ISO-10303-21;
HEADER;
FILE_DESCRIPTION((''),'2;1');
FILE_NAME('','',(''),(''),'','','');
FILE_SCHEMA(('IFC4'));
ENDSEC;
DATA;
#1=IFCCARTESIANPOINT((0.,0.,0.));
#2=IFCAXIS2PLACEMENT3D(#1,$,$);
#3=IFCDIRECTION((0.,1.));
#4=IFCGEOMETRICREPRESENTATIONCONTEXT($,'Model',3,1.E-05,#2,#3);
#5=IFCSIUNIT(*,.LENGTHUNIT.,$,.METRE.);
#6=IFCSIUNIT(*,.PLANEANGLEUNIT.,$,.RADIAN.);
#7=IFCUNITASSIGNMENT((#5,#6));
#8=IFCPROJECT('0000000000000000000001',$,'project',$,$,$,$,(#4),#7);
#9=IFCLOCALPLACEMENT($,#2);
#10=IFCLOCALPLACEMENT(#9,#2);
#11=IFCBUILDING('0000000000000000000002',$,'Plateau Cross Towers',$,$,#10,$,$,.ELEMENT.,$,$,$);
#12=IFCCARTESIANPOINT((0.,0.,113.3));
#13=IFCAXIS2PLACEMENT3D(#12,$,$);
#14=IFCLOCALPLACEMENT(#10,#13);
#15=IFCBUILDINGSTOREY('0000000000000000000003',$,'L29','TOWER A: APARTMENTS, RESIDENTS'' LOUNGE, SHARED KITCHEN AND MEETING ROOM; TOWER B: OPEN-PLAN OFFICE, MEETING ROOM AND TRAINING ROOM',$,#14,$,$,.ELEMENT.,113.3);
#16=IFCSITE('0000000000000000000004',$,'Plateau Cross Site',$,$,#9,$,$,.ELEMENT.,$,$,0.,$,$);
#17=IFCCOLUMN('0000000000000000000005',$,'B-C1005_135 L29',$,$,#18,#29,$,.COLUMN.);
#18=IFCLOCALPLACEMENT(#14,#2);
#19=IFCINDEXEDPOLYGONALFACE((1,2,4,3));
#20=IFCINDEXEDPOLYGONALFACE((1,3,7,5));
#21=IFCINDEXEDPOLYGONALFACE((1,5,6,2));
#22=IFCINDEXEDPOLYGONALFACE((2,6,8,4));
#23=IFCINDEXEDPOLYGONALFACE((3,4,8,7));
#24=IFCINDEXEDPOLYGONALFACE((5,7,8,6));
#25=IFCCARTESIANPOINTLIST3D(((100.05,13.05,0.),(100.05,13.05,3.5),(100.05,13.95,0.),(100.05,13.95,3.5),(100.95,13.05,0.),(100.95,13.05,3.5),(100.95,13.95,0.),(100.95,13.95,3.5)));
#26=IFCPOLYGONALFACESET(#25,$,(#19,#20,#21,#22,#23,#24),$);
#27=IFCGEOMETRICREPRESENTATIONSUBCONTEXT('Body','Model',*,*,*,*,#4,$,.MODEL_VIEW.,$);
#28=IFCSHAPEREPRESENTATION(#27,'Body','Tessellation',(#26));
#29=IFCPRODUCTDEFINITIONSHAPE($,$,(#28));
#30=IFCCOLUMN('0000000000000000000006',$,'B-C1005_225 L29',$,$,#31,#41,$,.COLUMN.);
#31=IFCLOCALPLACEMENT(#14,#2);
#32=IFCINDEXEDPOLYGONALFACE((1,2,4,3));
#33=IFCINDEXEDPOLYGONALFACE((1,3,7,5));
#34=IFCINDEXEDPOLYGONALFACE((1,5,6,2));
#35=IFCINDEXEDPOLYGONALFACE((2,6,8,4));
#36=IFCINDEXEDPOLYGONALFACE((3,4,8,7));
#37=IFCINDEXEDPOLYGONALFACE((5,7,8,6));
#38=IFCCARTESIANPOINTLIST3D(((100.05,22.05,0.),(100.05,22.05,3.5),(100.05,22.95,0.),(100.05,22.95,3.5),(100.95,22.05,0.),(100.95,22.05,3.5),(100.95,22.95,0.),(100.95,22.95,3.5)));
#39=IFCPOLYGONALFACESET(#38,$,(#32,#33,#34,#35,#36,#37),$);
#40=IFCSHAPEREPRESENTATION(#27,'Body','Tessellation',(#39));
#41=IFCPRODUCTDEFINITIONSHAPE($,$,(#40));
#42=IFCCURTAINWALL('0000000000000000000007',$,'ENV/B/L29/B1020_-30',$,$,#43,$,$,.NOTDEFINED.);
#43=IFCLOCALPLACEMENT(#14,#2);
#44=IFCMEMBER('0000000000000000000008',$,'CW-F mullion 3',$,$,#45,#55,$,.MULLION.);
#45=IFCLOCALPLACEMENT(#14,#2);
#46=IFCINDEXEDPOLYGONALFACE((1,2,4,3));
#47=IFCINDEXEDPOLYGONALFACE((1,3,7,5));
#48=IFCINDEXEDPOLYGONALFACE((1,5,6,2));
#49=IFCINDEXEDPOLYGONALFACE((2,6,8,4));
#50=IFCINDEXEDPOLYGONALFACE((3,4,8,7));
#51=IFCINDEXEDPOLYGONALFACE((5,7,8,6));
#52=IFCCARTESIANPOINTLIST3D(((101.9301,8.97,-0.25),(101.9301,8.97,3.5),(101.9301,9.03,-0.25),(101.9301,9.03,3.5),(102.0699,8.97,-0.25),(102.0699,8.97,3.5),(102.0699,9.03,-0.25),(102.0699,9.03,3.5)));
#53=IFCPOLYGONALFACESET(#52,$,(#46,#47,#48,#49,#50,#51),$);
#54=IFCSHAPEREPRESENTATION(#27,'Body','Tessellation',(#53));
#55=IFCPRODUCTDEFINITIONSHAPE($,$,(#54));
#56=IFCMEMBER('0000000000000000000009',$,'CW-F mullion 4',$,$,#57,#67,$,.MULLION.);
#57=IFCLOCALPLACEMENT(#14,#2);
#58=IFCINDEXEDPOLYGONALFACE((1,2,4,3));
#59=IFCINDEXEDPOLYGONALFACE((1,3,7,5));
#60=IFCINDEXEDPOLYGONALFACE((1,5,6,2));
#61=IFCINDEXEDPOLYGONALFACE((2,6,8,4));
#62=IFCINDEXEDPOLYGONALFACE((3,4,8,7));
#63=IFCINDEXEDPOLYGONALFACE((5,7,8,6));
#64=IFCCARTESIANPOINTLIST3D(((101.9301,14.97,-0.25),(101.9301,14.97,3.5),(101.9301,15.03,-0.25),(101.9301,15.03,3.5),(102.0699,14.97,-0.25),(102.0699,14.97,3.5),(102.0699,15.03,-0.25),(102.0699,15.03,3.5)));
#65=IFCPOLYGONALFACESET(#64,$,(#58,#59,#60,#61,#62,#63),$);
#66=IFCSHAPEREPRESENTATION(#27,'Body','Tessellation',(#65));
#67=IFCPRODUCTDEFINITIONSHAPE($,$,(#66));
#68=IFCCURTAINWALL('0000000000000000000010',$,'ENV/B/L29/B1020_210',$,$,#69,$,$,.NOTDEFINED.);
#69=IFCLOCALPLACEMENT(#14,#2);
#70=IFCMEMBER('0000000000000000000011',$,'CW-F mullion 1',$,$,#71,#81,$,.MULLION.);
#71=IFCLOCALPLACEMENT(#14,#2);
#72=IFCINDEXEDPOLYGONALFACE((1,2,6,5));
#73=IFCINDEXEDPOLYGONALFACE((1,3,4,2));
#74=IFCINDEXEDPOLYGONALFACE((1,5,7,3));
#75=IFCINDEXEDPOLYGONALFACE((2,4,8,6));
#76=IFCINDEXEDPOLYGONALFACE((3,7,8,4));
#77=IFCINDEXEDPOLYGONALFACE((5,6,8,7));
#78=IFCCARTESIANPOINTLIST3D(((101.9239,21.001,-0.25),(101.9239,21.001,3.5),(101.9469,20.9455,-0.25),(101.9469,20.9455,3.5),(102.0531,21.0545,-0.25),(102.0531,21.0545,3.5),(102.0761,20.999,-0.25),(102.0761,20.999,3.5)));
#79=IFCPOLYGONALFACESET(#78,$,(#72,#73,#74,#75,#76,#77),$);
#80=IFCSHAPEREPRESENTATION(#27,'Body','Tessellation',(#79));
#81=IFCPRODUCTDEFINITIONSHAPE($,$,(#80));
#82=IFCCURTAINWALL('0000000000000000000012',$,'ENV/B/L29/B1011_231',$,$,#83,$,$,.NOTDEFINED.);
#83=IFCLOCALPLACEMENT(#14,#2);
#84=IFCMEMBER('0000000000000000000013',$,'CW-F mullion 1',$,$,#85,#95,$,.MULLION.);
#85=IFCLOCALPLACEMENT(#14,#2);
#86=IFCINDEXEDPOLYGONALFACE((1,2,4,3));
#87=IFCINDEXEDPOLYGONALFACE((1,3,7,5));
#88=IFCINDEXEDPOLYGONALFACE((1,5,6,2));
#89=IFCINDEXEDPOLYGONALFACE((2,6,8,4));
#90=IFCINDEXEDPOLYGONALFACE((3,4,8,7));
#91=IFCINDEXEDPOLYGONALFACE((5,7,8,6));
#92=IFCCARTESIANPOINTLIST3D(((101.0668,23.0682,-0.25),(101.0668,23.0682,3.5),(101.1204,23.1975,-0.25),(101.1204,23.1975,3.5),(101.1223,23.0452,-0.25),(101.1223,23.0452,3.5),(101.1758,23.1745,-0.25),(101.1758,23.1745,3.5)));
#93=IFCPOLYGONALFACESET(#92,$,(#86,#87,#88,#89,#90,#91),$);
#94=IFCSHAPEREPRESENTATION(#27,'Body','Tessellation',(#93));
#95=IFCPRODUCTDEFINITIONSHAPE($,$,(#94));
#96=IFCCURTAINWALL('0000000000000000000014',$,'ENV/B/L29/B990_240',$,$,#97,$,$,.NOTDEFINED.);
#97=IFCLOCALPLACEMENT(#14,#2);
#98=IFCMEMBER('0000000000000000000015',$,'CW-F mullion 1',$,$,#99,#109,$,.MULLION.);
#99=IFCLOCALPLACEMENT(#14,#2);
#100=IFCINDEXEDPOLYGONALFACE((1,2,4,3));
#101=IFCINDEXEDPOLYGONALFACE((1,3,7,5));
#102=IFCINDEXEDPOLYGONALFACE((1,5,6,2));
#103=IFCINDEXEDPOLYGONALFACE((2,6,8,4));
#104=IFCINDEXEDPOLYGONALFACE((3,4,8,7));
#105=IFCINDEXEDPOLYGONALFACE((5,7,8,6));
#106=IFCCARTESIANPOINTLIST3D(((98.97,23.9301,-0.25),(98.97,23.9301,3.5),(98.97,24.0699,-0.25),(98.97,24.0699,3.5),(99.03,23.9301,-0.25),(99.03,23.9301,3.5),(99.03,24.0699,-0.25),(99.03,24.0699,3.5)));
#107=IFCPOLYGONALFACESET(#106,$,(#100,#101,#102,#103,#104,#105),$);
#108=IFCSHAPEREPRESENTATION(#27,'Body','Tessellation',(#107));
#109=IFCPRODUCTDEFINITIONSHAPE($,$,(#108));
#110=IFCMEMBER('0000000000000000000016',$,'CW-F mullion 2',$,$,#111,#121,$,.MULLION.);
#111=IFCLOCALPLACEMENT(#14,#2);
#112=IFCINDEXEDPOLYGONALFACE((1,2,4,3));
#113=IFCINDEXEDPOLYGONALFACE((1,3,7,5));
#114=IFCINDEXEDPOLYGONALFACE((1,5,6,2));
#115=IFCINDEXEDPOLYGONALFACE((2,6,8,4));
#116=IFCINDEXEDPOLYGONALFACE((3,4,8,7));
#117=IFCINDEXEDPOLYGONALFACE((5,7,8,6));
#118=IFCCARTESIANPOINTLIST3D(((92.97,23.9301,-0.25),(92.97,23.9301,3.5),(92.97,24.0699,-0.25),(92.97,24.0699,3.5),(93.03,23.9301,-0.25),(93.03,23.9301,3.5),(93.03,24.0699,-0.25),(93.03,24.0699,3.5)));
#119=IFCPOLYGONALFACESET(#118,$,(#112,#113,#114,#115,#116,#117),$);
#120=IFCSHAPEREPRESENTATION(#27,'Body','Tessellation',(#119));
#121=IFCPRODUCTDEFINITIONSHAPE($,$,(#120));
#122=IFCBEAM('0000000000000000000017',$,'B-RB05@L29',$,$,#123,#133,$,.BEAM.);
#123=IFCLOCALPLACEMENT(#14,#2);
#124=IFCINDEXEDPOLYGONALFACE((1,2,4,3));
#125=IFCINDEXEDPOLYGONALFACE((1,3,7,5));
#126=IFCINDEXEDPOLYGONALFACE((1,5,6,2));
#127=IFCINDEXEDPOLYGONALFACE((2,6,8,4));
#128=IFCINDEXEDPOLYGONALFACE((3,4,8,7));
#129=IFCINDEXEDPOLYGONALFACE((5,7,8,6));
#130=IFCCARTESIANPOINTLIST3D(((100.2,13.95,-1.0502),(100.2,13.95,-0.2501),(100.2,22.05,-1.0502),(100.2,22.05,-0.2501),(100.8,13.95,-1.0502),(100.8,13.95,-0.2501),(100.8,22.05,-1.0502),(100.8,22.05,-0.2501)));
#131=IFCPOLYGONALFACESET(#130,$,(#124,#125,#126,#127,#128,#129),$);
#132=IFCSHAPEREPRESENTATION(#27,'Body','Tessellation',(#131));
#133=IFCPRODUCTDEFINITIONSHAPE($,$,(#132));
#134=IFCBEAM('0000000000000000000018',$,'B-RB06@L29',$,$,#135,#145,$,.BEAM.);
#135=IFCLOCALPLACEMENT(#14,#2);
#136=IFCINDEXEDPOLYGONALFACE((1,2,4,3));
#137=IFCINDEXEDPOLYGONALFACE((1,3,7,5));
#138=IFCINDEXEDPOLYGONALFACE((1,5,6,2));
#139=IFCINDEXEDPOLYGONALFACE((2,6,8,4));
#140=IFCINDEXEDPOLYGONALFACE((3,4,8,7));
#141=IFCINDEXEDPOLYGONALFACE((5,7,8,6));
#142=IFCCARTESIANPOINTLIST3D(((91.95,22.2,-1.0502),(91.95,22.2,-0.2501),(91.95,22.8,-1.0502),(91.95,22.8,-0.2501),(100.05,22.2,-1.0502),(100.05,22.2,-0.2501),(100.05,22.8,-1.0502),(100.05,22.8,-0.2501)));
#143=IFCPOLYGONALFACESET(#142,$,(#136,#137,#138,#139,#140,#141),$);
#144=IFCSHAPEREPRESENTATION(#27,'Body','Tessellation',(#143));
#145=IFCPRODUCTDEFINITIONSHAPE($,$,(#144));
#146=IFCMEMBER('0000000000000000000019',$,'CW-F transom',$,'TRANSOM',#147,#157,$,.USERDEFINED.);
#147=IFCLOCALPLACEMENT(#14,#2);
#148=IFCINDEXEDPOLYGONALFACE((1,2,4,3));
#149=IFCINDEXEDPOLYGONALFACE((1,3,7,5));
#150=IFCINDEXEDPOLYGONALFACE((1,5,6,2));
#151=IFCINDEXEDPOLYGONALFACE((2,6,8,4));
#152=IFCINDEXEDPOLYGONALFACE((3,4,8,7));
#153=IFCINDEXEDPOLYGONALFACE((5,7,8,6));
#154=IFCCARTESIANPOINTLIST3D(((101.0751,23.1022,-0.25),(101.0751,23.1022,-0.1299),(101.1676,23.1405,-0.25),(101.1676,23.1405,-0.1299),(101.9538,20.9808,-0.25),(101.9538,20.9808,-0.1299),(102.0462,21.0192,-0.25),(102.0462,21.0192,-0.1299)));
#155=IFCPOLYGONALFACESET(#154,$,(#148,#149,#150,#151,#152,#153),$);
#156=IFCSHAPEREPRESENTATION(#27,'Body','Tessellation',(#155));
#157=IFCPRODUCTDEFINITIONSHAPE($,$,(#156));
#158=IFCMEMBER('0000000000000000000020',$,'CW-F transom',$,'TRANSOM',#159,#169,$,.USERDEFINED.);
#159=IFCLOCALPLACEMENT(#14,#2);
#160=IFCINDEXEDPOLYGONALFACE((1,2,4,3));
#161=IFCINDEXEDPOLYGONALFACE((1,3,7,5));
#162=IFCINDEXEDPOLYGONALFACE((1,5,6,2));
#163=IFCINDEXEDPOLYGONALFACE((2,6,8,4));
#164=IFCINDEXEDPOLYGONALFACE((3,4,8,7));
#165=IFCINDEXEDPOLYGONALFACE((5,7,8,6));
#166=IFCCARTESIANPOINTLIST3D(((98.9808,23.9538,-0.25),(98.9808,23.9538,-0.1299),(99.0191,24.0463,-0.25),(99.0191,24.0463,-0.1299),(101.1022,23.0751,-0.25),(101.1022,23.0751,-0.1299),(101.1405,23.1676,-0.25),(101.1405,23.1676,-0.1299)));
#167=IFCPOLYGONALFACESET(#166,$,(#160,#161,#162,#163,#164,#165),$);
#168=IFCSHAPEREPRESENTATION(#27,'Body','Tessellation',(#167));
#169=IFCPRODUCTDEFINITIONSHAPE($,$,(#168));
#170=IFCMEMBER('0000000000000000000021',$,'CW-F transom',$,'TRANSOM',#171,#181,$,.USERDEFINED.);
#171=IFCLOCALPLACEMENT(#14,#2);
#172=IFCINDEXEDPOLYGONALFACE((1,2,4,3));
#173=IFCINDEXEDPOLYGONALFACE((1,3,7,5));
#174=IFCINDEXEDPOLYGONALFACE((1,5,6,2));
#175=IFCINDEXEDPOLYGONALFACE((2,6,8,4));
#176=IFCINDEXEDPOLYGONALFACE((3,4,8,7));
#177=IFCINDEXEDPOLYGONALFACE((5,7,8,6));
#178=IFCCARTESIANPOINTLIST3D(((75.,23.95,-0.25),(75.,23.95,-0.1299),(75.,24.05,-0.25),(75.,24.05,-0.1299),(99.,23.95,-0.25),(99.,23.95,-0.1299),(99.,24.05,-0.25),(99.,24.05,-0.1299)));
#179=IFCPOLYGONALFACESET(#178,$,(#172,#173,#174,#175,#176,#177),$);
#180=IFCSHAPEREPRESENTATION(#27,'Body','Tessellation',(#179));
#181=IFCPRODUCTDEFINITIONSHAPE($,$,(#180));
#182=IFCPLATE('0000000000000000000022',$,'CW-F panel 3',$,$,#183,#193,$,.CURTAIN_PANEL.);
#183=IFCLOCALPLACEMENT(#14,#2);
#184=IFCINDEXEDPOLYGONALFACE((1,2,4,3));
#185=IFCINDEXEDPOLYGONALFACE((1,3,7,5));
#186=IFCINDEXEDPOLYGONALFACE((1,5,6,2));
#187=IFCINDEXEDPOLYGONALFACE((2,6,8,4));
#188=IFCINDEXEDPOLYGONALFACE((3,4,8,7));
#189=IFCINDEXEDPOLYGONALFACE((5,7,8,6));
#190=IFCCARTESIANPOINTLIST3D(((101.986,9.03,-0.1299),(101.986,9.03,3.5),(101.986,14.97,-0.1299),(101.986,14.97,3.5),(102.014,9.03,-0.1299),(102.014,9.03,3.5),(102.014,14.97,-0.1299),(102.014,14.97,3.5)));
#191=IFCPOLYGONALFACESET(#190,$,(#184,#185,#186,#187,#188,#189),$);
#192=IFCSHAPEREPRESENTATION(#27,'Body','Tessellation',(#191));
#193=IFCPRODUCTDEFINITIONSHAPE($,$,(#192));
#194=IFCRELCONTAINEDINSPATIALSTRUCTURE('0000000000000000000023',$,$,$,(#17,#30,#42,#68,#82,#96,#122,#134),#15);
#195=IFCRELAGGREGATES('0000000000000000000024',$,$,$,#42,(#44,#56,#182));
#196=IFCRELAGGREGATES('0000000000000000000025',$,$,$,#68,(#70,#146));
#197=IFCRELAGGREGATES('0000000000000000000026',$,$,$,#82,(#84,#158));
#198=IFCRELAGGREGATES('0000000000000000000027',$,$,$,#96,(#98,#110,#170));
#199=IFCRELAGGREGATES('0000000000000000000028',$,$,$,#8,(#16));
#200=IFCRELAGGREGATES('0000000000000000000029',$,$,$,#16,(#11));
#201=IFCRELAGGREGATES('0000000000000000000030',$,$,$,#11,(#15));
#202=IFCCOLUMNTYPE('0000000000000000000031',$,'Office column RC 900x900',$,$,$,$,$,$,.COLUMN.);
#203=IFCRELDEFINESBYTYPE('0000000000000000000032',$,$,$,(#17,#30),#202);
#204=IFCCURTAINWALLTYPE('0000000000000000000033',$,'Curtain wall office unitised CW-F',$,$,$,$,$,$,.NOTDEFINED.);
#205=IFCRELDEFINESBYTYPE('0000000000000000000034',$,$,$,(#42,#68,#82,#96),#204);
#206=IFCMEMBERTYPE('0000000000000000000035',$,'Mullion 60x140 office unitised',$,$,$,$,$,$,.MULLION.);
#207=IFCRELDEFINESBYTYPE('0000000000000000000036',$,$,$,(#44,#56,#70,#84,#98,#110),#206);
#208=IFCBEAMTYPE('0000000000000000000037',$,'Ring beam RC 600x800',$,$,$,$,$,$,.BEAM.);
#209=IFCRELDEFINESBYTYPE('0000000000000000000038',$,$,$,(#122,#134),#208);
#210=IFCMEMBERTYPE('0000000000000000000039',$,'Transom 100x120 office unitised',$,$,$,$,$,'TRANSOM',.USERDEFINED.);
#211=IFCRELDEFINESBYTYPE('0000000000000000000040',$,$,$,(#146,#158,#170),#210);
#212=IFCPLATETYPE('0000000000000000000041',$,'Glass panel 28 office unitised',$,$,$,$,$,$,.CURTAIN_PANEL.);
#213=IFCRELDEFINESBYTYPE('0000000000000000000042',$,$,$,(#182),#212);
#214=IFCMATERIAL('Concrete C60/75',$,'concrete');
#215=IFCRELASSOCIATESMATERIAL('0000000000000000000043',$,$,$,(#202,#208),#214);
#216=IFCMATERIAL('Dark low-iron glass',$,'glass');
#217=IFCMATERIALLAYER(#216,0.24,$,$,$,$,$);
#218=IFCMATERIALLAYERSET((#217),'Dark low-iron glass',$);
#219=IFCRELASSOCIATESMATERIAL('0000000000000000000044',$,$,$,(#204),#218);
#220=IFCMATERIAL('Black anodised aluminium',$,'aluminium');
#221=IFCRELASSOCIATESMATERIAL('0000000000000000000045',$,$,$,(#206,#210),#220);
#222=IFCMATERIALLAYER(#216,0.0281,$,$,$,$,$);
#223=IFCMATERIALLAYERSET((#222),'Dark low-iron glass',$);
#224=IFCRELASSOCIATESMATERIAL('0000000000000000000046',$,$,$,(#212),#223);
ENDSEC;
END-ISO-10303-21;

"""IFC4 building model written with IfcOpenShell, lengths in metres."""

from ifc_helpers import new_model, si_unit, direction, frame, origin, origin_2d, place, context, subcontext, project, spatial, rectangle, extrude, material, layer, layer_set, material_profile, profile_set, type_object, element, aggregate, save


model = new_model("IFC4")

# Units and contexts
model_context = context("Model", 3, precision=1e-05, world=origin(), true_north=direction((0.0, 1.0)))
body_context = subcontext(model_context, "Body", "Model", "MODEL_VIEW")
ifc_project = project(units=[si_unit("LENGTHUNIT", "METRE"), si_unit("PLANEANGLEUNIT", "RADIAN")], contexts=[model_context])

# Site, building, storey
site_placement = place(None, origin())
site = spatial("IfcSite", under=ifc_project, at=site_placement, Name="Plateau Cross Site", CompositionType="ELEMENT", RefElevation=0.0)
building_placement = place(site_placement, origin())
building = spatial("IfcBuilding", under=site, at=building_placement, Name="Plateau Cross Towers", CompositionType="ELEMENT")
storey_placement = place(building_placement, frame((0.0, 0.0, 113.3)))
storey = spatial("IfcBuildingStorey", under=building, at=storey_placement, Name="L29", Description="TOWER A: APARTMENTS, RESIDENTS' LOUNGE, SHARED KITCHEN AND MEETING ROOM; TOWER B: OPEN-PLAN OFFICE, MEETING ROOM AND TRAINING ROOM", CompositionType="ELEMENT", Elevation=113.3)

# Columns
ifc_material_1 = material(Name="Concrete C60/75", Category="concrete")
ifc_material_profile_1 = material_profile(ifc_material_1, rectangle(XDim=0.8999, YDim=0.8999, at=origin_2d()), Name="RC 900x900")
ifc_profile_set_1 = profile_set([ifc_material_profile_1], Name="Concrete C60/75")
column_type = type_object("IfcColumnType", Name="Office column RC 900x900", PredefinedType="COLUMN", material=ifc_profile_set_1)
for number, where, z_axis, x_axis, name in (
    (1, (100.5, 13.5, 0.0), (0.0, 0.0, 1.0), (1.0, 0.0, 0.0), "B-C1005_135 L29"),
    (2, (100.5, 22.5, 0.0), (0.0, 0.0, 1.0), (1.0, 0.0, 0.0), "B-C1005_225 L29"),
):
    element("IfcColumn", number, at=place(storey_placement, frame(where, z_axis=z_axis, x_axis=x_axis)), inside=storey, type_object=column_type, Name=name, PredefinedType="COLUMN", context=body_context, shape_type="SweptSolid", body=[
        extrude(rectangle(XDim=0.8999, YDim=0.8999, at=origin_2d()), origin(), (0.0, 0.0, 1.0), 3.5),
    ])

# Curtain wall, members
ifc_material_2 = material(Name="Dark low-iron glass", Category="glass")
ifc_layer_1 = layer(ifc_material_2, 0.24)
ifc_layer_set_1 = layer_set([ifc_layer_1], Name="Dark low-iron glass")
curtain_wall_type = type_object("IfcCurtainWallType", Name="Curtain wall office unitised CW-F", PredefinedType="NOTDEFINED", material=ifc_layer_set_1)
curtain_wall_1_placement = place(storey_placement, origin())
curtain_wall_1 = element("IfcCurtainWall", 3, at=curtain_wall_1_placement, inside=storey, type_object=curtain_wall_type, Name="ENV/B/L29/B1020_-30", PredefinedType="NOTDEFINED")
ifc_material_3 = material(Name="Black anodised aluminium", Category="aluminium")
ifc_material_profile_2 = material_profile(ifc_material_3, rectangle(XDim=0.0601, YDim=0.1399, at=origin_2d()), Name="MULLION 60x140")
ifc_profile_set_2 = profile_set([ifc_material_profile_2], Name="Black anodised aluminium")
member_type_1 = type_object("IfcMemberType", Name="Mullion 60x140 office unitised", PredefinedType="MULLION", material=ifc_profile_set_2)
member_1_placement = place(storey_placement, frame((102.0, 9.0, -0.25), z_axis=(0.0, 0.0, 1.0), x_axis=(0.0, 1.0, 0.0)))
member_1 = element("IfcMember", 4, at=member_1_placement, type_object=member_type_1, Name="CW-F mullion 3", PredefinedType="MULLION", context=body_context, shape_type="SweptSolid", body=[
    extrude(rectangle(XDim=0.0601, YDim=0.1399, at=origin_2d()), origin(), (0.0, 0.0, 1.0), 3.75),
])
member_2_placement = place(storey_placement, frame((102.0, 15.0, -0.25), z_axis=(0.0, 0.0, 1.0), x_axis=(0.0, 1.0, 0.0)))
member_2 = element("IfcMember", 5, at=member_2_placement, type_object=member_type_1, Name="CW-F mullion 4", PredefinedType="MULLION", context=body_context, shape_type="SweptSolid", body=[
    extrude(rectangle(XDim=0.0601, YDim=0.1399, at=origin_2d()), origin(), (0.0, 0.0, 1.0), 3.75),
])

# Curtain walls, members
curtain_wall_2_placement = place(storey_placement, origin())
curtain_wall_2 = element("IfcCurtainWall", 6, at=curtain_wall_2_placement, inside=storey, type_object=curtain_wall_type, Name="ENV/B/L29/B1020_210", PredefinedType="NOTDEFINED")
member_3_placement = place(storey_placement, frame((102.0, 21.0, -0.25), z_axis=(0.0, 0.0, 1.0), x_axis=(-0.382684, 0.923879, 0.0)))
member_3 = element("IfcMember", 7, at=member_3_placement, type_object=member_type_1, Name="CW-F mullion 1", PredefinedType="MULLION", context=body_context, shape_type="SweptSolid", body=[
    extrude(rectangle(XDim=0.0601, YDim=0.1399, at=origin_2d()), origin(), (0.0, 0.0, 1.0), 3.75),
])
curtain_wall_3_placement = place(storey_placement, origin())
curtain_wall_3 = element("IfcCurtainWall", 8, at=curtain_wall_3_placement, inside=storey, type_object=curtain_wall_type, Name="ENV/B/L29/B1011_231", PredefinedType="NOTDEFINED")
member_4_placement = place(storey_placement, frame((101.1213, 23.1213, -0.25), z_axis=(0.0, 0.0, 1.0), x_axis=(-0.923879, 0.382684, 0.0)))
member_4 = element("IfcMember", 9, at=member_4_placement, type_object=member_type_1, Name="CW-F mullion 1", PredefinedType="MULLION", context=body_context, shape_type="SweptSolid", body=[
    extrude(rectangle(XDim=0.0601, YDim=0.1399, at=origin_2d()), origin(), (0.0, 0.0, 1.0), 3.75),
])

# Curtain wall, members
curtain_wall_4_placement = place(storey_placement, origin())
curtain_wall_4 = element("IfcCurtainWall", 10, at=curtain_wall_4_placement, inside=storey, type_object=curtain_wall_type, Name="ENV/B/L29/B990_240", PredefinedType="NOTDEFINED")
member_5_placement = place(storey_placement, frame((99.0, 24.0, -0.25), z_axis=(0.0, 0.0, 1.0), x_axis=(-1.0, 0.0, 0.0)))
member_5 = element("IfcMember", 11, at=member_5_placement, type_object=member_type_1, Name="CW-F mullion 1", PredefinedType="MULLION", context=body_context, shape_type="SweptSolid", body=[
    extrude(rectangle(XDim=0.0601, YDim=0.1399, at=origin_2d()), origin(), (0.0, 0.0, 1.0), 3.75),
])
member_6_placement = place(storey_placement, frame((93.0, 24.0, -0.25), z_axis=(0.0, 0.0, 1.0), x_axis=(-1.0, 0.0, 0.0)))
member_6 = element("IfcMember", 12, at=member_6_placement, type_object=member_type_1, Name="CW-F mullion 2", PredefinedType="MULLION", context=body_context, shape_type="SweptSolid", body=[
    extrude(rectangle(XDim=0.0601, YDim=0.1399, at=origin_2d()), origin(), (0.0, 0.0, 1.0), 3.75),
])

# Beams
ifc_material_profile_3 = material_profile(ifc_material_1, rectangle(XDim=0.6001, YDim=0.8, at=origin_2d()), Name="RC 600x800")
ifc_profile_set_3 = profile_set([ifc_material_profile_3], Name="Concrete C60/75")
beam_type = type_object("IfcBeamType", Name="Ring beam RC 600x800", PredefinedType="BEAM", material=ifc_profile_set_3)
for number, where, z_axis, x_axis, name in (
    (13, (100.5, 13.95, -0.6501), (0.0, 1.0, 0.0), (-1.0, 0.0, 0.0), "B-RB05@L29"),
    (14, (100.05, 22.5, -0.6501), (-1.0, 0.0, 0.0), (0.0, -1.0, 0.0), "B-RB06@L29"),
):
    element("IfcBeam", number, at=place(storey_placement, frame(where, z_axis=z_axis, x_axis=x_axis)), inside=storey, type_object=beam_type, Name=name, PredefinedType="BEAM", context=body_context, shape_type="SweptSolid", body=[
        extrude(rectangle(XDim=0.6001, YDim=0.8, at=origin_2d()), origin(), (0.0, 0.0, 1.0), 8.1001),
    ])

# Members
ifc_material_profile_4 = material_profile(ifc_material_3, rectangle(XDim=0.1001, YDim=0.1201, at=origin_2d()), Name="TRANSOM 100x120")
ifc_profile_set_4 = profile_set([ifc_material_profile_4], Name="Black anodised aluminium")
member_type_2 = type_object("IfcMemberType", Name="Transom 100x120 office unitised", ElementType="TRANSOM", PredefinedType="USERDEFINED", material=ifc_profile_set_4)
member_7_placement = place(storey_placement, frame((102.0, 21.0, -0.1899), z_axis=(-0.382674, 0.923883, 0.0), x_axis=(-0.923883, -0.382674, 0.0)))
member_7 = element("IfcMember", 15, at=member_7_placement, type_object=member_type_2, Name="CW-F transom", ObjectType="TRANSOM", PredefinedType="USERDEFINED", context=body_context, shape_type="SweptSolid", body=[
    extrude(rectangle(XDim=0.1001, YDim=0.1201, at=origin_2d()), origin(), (0.0, 0.0, 1.0), 2.2961),
])
member_8_placement = place(storey_placement, frame((101.1213, 23.1213, -0.1899), z_axis=(-0.923883, 0.382674, 0.0), x_axis=(-0.382674, -0.923883, 0.0)))
member_8 = element("IfcMember", 16, at=member_8_placement, type_object=member_type_2, Name="CW-F transom", ObjectType="TRANSOM", PredefinedType="USERDEFINED", context=body_context, shape_type="SweptSolid", body=[
    extrude(rectangle(XDim=0.1001, YDim=0.1201, at=origin_2d()), origin(), (0.0, 0.0, 1.0), 2.2961),
])
member_9_placement = place(storey_placement, frame((99.0, 24.0, -0.1899), z_axis=(-1.0, 0.0, 0.0), x_axis=(0.0, -1.0, 0.0)))
member_9 = element("IfcMember", 17, at=member_9_placement, type_object=member_type_2, Name="CW-F transom", ObjectType="TRANSOM", PredefinedType="USERDEFINED", context=body_context, shape_type="SweptSolid", body=[
    extrude(rectangle(XDim=0.1001, YDim=0.1201, at=origin_2d()), origin(), (0.0, 0.0, 1.0), 24.0),
])

# Plate
ifc_layer_2 = layer(ifc_material_2, 0.0281)
ifc_layer_set_2 = layer_set([ifc_layer_2], Name="Dark low-iron glass")
plate_type = type_object("IfcPlateType", Name="Glass panel 28 office unitised", PredefinedType="CURTAIN_PANEL", material=ifc_layer_set_2)
plate_1_placement = place(storey_placement, frame((102.0, 12.0, -0.1299), z_axis=(0.0, 0.0, 1.0), x_axis=(0.0, 1.0, 0.0)))
plate_1 = element("IfcPlate", 18, at=plate_1_placement, type_object=plate_type, Name="CW-F panel 3", PredefinedType="CURTAIN_PANEL", context=body_context, shape_type="SweptSolid", body=[
    extrude(rectangle(XDim=5.9399, YDim=0.0281, at=origin_2d()), origin(), (0.0, 0.0, 1.0), 3.6299),
])
aggregate(curtain_wall_1, [member_1, member_2, plate_1])
aggregate(curtain_wall_2, [member_3, member_7])
aggregate(curtain_wall_3, [member_4, member_8])
aggregate(curtain_wall_4, [member_5, member_6, member_9])

save(model, "model.ifc")
